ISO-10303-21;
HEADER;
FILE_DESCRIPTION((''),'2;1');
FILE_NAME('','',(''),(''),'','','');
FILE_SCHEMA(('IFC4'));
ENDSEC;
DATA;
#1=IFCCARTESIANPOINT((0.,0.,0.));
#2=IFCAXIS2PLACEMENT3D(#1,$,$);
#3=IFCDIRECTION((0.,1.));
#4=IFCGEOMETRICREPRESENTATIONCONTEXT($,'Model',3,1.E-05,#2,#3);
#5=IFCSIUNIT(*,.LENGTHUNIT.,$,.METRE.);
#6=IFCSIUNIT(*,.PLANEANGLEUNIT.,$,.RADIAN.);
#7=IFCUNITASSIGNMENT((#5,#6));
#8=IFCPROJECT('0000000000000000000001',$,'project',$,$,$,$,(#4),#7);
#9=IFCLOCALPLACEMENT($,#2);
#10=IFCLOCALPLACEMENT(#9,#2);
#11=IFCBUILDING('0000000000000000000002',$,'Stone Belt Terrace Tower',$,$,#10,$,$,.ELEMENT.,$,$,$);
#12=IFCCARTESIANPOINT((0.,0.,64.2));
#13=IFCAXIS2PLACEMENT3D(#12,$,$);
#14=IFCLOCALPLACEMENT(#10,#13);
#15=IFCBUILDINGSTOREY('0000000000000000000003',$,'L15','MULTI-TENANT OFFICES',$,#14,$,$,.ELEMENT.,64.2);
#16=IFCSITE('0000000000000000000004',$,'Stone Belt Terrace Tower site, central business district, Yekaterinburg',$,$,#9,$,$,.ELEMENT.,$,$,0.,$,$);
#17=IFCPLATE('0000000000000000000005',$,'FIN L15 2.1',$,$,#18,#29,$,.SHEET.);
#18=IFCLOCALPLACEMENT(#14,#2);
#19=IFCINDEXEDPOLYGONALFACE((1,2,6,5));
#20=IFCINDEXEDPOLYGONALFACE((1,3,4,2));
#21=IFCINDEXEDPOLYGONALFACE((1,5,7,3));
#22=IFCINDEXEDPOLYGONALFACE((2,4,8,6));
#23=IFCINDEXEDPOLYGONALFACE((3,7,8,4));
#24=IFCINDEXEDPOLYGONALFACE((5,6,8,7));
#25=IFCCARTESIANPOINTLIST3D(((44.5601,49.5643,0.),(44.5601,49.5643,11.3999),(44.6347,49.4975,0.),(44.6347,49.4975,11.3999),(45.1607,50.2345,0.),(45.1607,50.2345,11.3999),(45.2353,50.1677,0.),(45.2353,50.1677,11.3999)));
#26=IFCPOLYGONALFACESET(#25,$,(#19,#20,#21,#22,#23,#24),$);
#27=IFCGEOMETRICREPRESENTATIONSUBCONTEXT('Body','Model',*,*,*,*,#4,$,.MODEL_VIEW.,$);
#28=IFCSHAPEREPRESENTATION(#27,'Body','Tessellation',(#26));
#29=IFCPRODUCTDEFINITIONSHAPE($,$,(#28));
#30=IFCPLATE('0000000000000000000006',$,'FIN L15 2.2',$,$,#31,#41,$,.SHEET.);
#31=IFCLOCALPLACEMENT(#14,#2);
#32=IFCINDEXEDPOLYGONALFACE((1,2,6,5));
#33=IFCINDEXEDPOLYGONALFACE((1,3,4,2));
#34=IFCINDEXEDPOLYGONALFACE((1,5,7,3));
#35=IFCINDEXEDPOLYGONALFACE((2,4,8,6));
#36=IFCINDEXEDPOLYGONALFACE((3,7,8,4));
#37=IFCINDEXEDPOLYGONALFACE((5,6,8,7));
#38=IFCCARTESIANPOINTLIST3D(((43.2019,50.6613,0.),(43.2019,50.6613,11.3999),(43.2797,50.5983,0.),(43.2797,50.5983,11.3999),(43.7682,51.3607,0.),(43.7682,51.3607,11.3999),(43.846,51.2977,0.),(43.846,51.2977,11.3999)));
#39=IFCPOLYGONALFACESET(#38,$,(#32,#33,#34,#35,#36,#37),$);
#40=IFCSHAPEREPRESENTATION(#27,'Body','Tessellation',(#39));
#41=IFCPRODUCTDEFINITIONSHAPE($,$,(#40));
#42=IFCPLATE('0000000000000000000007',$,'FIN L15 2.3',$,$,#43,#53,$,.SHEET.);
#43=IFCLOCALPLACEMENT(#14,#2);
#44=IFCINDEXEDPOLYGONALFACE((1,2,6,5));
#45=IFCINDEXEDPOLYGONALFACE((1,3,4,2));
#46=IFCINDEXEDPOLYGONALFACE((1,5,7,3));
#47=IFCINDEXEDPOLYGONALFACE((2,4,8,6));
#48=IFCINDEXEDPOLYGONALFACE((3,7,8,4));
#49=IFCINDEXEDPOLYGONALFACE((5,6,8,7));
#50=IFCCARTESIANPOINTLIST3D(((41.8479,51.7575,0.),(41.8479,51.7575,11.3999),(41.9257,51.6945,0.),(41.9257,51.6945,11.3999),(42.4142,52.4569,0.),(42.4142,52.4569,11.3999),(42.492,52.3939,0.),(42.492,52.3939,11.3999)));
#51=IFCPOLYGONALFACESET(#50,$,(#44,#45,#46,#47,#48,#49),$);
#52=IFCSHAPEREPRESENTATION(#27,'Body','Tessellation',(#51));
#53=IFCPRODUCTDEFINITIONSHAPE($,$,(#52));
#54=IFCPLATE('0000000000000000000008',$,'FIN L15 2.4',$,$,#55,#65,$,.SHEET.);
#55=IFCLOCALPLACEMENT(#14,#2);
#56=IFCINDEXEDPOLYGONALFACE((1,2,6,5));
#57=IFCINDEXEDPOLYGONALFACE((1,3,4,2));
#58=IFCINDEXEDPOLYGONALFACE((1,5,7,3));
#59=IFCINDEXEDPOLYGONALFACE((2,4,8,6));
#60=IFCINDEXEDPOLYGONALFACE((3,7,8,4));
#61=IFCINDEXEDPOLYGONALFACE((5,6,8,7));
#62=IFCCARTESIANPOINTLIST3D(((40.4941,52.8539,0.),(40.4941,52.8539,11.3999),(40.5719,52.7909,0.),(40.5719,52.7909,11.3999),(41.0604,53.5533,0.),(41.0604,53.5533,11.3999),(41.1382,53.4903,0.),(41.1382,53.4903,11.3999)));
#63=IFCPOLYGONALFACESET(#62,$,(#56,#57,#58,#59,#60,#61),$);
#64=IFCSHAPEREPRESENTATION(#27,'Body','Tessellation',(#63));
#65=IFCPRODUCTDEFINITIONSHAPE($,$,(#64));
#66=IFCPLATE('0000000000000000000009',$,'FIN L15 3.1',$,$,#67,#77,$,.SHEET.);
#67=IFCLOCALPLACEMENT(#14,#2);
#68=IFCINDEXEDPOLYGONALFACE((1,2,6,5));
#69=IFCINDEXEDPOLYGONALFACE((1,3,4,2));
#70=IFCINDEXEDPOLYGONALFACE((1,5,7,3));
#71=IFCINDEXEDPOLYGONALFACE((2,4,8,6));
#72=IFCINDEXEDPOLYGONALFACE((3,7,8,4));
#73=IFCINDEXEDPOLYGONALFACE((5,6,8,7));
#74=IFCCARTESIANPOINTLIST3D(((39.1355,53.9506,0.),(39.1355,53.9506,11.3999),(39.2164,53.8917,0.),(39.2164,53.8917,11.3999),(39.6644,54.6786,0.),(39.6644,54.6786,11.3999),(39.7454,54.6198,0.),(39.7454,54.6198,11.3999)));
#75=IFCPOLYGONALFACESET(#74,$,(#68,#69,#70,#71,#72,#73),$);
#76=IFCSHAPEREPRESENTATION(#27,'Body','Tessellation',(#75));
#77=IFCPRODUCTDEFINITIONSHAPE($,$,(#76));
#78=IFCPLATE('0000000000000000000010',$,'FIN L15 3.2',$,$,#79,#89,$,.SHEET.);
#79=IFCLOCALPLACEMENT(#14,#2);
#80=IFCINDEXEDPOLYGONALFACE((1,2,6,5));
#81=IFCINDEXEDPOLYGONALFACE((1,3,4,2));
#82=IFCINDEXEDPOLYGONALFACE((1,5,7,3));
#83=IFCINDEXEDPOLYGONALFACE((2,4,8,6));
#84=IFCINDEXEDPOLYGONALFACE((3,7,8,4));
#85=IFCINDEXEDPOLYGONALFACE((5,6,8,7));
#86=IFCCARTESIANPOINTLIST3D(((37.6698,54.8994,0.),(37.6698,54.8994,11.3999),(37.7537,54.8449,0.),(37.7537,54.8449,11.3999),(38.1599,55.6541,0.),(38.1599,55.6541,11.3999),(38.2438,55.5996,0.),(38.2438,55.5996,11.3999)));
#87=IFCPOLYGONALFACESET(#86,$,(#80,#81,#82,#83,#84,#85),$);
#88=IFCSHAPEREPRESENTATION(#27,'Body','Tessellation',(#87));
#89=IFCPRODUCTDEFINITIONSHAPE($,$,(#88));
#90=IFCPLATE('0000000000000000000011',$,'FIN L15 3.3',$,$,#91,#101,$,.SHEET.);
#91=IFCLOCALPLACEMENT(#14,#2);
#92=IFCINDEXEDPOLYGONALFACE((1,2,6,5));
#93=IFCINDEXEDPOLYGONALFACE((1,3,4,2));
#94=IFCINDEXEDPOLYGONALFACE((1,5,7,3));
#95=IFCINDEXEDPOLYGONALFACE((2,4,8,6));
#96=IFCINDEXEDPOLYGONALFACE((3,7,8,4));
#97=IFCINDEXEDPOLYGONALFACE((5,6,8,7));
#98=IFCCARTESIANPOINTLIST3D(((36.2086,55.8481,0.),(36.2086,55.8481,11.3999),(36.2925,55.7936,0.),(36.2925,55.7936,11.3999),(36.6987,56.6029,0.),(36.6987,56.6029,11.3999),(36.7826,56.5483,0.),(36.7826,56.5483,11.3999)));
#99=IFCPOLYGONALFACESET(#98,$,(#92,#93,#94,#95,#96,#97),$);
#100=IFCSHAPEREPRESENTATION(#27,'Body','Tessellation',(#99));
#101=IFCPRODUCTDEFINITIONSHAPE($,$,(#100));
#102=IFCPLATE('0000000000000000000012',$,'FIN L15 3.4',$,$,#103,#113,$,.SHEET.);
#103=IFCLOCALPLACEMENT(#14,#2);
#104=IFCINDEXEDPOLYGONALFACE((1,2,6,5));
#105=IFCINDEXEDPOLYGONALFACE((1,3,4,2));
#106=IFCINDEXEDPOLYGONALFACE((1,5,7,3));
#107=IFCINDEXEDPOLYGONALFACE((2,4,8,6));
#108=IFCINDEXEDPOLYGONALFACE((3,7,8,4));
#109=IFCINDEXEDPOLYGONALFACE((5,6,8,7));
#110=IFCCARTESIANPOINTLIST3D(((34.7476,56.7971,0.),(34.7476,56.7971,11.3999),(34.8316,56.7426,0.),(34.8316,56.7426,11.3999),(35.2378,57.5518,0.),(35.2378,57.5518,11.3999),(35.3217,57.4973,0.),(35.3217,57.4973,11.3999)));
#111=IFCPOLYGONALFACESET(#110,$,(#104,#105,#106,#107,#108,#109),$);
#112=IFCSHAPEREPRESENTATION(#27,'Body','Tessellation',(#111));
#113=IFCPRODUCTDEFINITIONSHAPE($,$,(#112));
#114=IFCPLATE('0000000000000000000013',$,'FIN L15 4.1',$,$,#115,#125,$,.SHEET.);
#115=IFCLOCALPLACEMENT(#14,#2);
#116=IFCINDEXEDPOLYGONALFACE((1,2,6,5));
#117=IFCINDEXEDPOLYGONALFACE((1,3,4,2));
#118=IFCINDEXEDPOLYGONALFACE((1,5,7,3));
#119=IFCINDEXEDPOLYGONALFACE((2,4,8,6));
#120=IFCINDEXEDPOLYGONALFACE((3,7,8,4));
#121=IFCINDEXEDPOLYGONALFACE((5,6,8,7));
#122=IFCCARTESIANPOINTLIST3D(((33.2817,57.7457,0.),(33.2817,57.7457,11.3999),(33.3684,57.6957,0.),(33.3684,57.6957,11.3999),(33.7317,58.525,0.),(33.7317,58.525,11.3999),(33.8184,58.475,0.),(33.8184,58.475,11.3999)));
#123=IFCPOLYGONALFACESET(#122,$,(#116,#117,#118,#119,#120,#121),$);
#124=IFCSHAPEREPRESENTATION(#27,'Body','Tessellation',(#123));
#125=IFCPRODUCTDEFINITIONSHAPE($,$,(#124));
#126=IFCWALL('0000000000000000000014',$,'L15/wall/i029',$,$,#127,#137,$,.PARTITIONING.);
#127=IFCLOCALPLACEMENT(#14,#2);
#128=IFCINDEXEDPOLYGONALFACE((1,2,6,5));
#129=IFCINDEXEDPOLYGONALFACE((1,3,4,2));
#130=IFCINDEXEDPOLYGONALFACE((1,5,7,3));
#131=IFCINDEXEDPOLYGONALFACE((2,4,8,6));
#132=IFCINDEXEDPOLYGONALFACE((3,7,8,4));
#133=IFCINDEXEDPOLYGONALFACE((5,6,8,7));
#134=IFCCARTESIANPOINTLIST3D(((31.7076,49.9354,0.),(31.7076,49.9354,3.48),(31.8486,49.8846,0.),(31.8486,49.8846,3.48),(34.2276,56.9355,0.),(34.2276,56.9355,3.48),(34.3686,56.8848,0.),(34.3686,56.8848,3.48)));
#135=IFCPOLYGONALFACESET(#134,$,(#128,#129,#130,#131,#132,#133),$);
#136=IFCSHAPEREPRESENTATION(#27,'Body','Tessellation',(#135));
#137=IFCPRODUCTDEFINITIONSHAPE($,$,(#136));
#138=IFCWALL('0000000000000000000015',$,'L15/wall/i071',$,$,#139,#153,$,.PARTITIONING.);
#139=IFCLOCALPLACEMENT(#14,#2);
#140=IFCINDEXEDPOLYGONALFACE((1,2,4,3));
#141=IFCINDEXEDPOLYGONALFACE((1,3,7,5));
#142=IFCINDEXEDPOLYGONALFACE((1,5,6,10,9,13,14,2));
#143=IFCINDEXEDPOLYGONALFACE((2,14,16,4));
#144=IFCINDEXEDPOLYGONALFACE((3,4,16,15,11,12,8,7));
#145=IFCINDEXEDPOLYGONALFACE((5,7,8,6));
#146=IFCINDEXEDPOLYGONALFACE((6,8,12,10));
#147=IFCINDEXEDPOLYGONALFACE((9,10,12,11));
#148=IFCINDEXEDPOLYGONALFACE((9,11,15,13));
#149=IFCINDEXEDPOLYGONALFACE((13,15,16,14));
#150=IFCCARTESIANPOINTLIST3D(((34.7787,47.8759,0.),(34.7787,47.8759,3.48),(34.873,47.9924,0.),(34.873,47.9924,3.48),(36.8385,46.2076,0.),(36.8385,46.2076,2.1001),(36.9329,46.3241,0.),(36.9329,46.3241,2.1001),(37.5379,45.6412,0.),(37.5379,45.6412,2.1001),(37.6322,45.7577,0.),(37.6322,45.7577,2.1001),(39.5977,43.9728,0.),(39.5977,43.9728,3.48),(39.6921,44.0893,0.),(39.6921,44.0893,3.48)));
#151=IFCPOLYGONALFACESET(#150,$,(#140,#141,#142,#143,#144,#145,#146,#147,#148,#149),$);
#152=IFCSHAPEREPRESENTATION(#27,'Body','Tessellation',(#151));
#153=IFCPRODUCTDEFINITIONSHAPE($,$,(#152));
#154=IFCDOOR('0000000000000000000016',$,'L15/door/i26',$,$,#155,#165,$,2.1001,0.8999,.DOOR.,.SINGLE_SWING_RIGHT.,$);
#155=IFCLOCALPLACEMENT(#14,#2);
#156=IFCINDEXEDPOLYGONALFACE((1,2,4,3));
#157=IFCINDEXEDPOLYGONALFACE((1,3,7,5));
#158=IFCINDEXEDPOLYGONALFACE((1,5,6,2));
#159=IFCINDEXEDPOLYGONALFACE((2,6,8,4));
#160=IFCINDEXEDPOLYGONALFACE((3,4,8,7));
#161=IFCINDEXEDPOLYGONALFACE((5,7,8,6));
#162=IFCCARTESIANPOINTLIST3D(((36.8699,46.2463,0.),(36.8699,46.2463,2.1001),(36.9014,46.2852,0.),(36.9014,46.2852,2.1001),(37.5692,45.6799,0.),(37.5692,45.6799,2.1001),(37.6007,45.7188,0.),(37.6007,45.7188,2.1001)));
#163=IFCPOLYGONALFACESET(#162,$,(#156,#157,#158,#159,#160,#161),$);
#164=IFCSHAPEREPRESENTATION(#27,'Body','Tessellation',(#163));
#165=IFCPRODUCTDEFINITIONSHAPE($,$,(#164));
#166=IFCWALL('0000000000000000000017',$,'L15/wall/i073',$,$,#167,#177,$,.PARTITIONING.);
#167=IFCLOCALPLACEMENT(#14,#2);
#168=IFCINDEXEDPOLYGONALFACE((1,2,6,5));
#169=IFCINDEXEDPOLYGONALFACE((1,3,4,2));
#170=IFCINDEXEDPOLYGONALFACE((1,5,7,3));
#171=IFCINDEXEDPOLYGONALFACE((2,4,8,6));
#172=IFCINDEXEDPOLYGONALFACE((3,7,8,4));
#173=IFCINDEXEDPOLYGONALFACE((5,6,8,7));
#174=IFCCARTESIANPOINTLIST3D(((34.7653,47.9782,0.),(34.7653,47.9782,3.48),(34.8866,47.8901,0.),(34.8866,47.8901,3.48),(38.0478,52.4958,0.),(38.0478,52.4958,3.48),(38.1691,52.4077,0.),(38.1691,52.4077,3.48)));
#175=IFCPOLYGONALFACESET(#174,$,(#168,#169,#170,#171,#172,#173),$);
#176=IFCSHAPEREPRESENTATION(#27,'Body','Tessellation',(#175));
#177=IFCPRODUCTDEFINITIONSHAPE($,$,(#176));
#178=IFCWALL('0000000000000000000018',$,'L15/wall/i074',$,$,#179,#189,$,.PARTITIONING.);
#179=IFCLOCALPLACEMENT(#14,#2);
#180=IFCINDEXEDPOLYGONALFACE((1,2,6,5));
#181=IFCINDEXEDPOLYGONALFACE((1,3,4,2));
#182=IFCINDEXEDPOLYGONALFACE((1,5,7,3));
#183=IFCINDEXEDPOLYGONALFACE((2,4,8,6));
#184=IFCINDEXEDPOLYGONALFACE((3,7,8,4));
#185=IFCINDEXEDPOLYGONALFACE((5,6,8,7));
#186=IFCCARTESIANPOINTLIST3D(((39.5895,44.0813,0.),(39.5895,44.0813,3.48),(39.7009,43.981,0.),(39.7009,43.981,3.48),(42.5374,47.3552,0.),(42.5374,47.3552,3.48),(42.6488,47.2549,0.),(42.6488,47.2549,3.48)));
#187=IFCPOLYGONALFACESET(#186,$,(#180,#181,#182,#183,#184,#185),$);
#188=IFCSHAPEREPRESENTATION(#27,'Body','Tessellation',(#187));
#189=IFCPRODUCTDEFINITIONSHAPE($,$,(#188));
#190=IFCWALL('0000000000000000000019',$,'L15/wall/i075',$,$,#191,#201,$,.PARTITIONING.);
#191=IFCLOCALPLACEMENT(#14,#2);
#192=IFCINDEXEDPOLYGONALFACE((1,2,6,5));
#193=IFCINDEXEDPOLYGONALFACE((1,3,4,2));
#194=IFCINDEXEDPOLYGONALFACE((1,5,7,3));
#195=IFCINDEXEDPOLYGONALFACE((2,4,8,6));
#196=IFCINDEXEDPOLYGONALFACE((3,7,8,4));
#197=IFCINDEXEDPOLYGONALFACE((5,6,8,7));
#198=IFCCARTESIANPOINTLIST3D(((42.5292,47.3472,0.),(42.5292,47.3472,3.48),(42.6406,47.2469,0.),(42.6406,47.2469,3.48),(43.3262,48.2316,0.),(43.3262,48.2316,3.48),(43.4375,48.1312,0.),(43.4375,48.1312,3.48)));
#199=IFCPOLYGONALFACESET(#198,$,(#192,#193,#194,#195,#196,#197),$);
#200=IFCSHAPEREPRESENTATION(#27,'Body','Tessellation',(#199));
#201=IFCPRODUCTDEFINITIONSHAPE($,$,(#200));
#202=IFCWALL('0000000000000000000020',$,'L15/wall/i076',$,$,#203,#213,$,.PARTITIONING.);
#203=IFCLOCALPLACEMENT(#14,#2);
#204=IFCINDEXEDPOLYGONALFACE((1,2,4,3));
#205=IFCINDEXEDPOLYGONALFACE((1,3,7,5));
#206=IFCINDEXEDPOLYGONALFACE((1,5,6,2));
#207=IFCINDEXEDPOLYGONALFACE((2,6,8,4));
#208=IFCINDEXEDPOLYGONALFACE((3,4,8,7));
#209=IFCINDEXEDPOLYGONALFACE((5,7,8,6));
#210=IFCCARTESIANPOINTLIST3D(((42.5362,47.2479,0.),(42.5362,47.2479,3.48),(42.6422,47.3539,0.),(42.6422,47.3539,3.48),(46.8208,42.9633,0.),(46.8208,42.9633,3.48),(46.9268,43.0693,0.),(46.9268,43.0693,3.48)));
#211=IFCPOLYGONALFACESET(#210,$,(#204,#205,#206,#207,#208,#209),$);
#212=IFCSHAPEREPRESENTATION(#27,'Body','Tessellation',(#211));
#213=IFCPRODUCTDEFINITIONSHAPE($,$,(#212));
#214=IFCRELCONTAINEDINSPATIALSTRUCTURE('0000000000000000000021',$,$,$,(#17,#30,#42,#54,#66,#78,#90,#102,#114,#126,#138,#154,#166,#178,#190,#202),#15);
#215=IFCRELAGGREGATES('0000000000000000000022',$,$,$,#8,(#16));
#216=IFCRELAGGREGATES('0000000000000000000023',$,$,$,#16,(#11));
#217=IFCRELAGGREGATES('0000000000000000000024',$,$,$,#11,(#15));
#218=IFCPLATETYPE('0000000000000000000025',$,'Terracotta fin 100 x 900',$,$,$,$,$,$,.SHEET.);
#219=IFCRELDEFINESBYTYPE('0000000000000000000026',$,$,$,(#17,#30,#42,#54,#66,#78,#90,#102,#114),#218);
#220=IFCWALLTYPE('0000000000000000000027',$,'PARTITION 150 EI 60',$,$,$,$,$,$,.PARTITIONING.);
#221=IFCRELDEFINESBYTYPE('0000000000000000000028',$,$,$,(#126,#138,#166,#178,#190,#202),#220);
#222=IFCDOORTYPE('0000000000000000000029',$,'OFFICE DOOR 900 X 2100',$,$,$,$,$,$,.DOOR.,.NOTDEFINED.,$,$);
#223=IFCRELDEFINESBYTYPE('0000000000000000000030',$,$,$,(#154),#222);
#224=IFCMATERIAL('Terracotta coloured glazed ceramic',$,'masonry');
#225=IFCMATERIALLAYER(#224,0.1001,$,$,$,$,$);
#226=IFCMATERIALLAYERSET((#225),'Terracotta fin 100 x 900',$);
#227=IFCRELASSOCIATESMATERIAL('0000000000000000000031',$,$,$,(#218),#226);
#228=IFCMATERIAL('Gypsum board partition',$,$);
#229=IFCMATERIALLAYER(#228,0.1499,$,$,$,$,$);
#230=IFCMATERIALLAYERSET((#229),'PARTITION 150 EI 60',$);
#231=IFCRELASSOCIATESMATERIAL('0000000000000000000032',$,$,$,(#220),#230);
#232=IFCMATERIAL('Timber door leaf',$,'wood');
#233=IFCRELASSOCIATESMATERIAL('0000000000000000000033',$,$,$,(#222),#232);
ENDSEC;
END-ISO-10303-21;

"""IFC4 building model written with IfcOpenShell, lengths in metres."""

from ifc_helpers import new_model, si_unit, direction, frame, frame_2d, origin, origin_2d, place, context, subcontext, project, spatial, rectangle, extrude, material, layer, layer_set, type_object, element, fill, save


model = new_model("IFC4")

# Units and contexts
model_context = context("Model", 3, precision=1e-05, world=origin(), true_north=direction((0.0, 1.0)))
body_context = subcontext(model_context, "Body", "Model", "MODEL_VIEW")
ifc_project = project(units=[si_unit("LENGTHUNIT", "METRE"), si_unit("PLANEANGLEUNIT", "RADIAN")], contexts=[model_context])

# Site, building, storey
site_placement = place(None, origin())
site = spatial("IfcSite", under=ifc_project, at=site_placement, Name="Stone Belt Terrace Tower site, central business district, Yekaterinburg", CompositionType="ELEMENT", RefElevation=0.0)
building_placement = place(site_placement, origin())
building = spatial("IfcBuilding", under=site, at=building_placement, Name="Stone Belt Terrace Tower", CompositionType="ELEMENT")
storey_placement = place(building_placement, frame((0.0, 0.0, 64.2)))
storey = spatial("IfcBuildingStorey", under=building, at=storey_placement, Name="L15", Description="MULTI-TENANT OFFICES", CompositionType="ELEMENT", Elevation=64.2)

# Plates
ifc_material_1 = material(Name="Terracotta coloured glazed ceramic", Category="masonry")
ifc_layer_1 = layer(ifc_material_1, 0.1001)
ifc_layer_set_1 = layer_set([ifc_layer_1], Name="Terracotta fin 100 x 900")
plate_type_1 = type_object("IfcPlateType", Name="Terracotta fin 100 x 900", PredefinedType="SHEET", material=ifc_layer_set_1)
for number, where, z_axis, x_axis, name in (
    (1, (44.8977, 49.866, 0.0), (0.0, 0.0, 1.0), (0.667371, 0.744725, 0.0), "FIN L15 2.1"),
    (2, (43.5239, 50.9795, 0.0), (0.0, 0.0, 1.0), (0.62932, 0.777146, 0.0), "FIN L15 2.2"),
    (3, (42.1699, 52.0757, 0.0), (0.0, 0.0, 1.0), (0.62932, 0.777146, 0.0), "FIN L15 2.3"),
    (4, (40.8162, 53.1721, 0.0), (0.0, 0.0, 1.0), (0.62932, 0.777146, 0.0), "FIN L15 2.4"),
    (5, (39.4404, 54.2852, 0.0), (0.0, 0.0, 1.0), (0.587785, 0.809017, 0.0), "FIN L15 3.1"),
    (6, (37.9568, 55.2495, 0.0), (0.0, 0.0, 1.0), (0.544639, 0.838671, 0.0), "FIN L15 3.2"),
    (7, (36.4956, 56.1982, 0.0), (0.0, 0.0, 1.0), (0.544639, 0.838671, 0.0), "FIN L15 3.3"),
    (8, (35.0347, 57.1472, 0.0), (0.0, 0.0, 1.0), (0.544639, 0.838671, 0.0), "FIN L15 3.4"),
    (9, (33.55, 58.1104, 0.0), (0.0, 0.0, 1.0), (0.5, 0.866025, 0.0), "FIN L15 4.1"),
):
    element("IfcPlate", number, at=place(storey_placement, frame(where, z_axis=z_axis, x_axis=x_axis)), inside=storey, type_object=plate_type_1, Name=name, PredefinedType="SHEET", context=body_context, shape_type="SweptSolid", body=[
        extrude(rectangle(XDim=0.8999, YDim=0.1001, at=origin_2d()), origin(), (0.0, 0.0, 1.0), 11.3999),
    ])

# Wall
ifc_material_2 = material(Name="Gypsum board partition")
ifc_layer_2 = layer(ifc_material_2, 0.1499)
ifc_layer_set_2 = layer_set([ifc_layer_2], Name="PARTITION 150 EI 60")
wall_type = type_object("IfcWallType", Name="PARTITION 150 EI 60", PredefinedType="PARTITIONING", material=ifc_layer_set_2)
wall_1_placement = place(storey_placement, frame((34.2981, 56.9102, 0.0), z_axis=(0.0, 0.0, 1.0), x_axis=(-0.338711, -0.94089, 0.0)))
element("IfcWall", 10, at=wall_1_placement, inside=storey, type_object=wall_type, Name="L15/wall/i029", PredefinedType="PARTITIONING", context=body_context, shape_type="SweptSolid", body=[
    extrude(rectangle(XDim=7.4399, YDim=0.1499, at=frame_2d((3.72, 0.0))), origin(), (0.0, 0.0, 1.0), 3.48),
])

# Wall, opening, door
wall_2_placement = place(storey_placement, frame((34.8259, 47.9341, 0.0), z_axis=(0.0, 0.0, 1.0), x_axis=(0.777094, -0.629384, 0.0)))
wall_2 = element("IfcWall", 11, at=wall_2_placement, inside=storey, type_object=wall_type, Name="L15/wall/i071", PredefinedType="PARTITIONING", context=body_context, shape_type="SweptSolid", body=[
    extrude(rectangle(XDim=6.2014, YDim=0.1499, at=frame_2d((3.1006, 0.0))), origin(), (0.0, 0.0, 1.0), 3.48),
])
opening_placement = place(wall_2_placement, frame((2.6506, 0.0, 0.0)))
opening = element("IfcOpeningElement", 12, at=opening_placement, cuts=wall_2, PredefinedType="OPENING", context=body_context, shape_type="SweptSolid", body=[
    extrude(rectangle(XDim=0.8999, YDim=2.1001, at=frame_2d((0.45, 1.05))), frame((0.0, 0.085, 0.0), z_axis=(0.0, -1.0, 0.0), x_axis=(1.0, 0.0, 0.0)), (0.0, 0.0, 1.0), 0.1699),
])
ifc_material_3 = material(Name="Timber door leaf", Category="wood")
door_type = type_object("IfcDoorType", Name="OFFICE DOOR 900 X 2100", OperationType="NOTDEFINED", PredefinedType="DOOR", material=ifc_material_3)
door_placement = place(opening_placement, origin())
door = element("IfcDoor", 13, at=door_placement, inside=storey, type_object=door_type, Name="L15/door/i26", OperationType="SINGLE_SWING_RIGHT", OverallHeight=2.1001, OverallWidth=0.8999, PredefinedType="DOOR", context=body_context, shape_type="SweptSolid", body=[
    extrude(rectangle(XDim=0.8999, YDim=2.1001, at=frame_2d((0.45, 1.05))), frame((0.0, 0.0249, 0.0), z_axis=(0.0, -1.0, 0.0), x_axis=(1.0, 0.0, 0.0)), (0.0, 0.0, 1.0), 0.05),
])
fill(opening, door)

# Walls
wall_3_placement = place(storey_placement, frame((38.1084, 52.4517, 0.0), z_axis=(0.0, 0.0, 1.0), x_axis=(-0.587815, -0.808995, 0.0)))
element("IfcWall", 14, at=wall_3_placement, inside=storey, type_object=wall_type, Name="L15/wall/i073", PredefinedType="PARTITIONING", context=body_context, shape_type="SweptSolid", body=[
    extrude(rectangle(XDim=5.5842, YDim=0.1499, at=frame_2d((2.792, 0.0))), origin(), (0.0, 0.0, 1.0), 3.48),
])
wall_4_placement = place(storey_placement, frame((42.593, 47.3049, 0.0), z_axis=(0.0, 0.0, 1.0), x_axis=(-0.669148, -0.743129, 0.0)))
element("IfcWall", 15, at=wall_4_placement, inside=storey, type_object=wall_type, Name="L15/wall/i074", PredefinedType="PARTITIONING", context=body_context, shape_type="SweptSolid", body=[
    extrude(rectangle(XDim=4.4055, YDim=0.1499, at=frame_2d((2.2026, 0.0))), origin(), (0.0, 0.0, 1.0), 3.48),
])
wall_5_placement = place(storey_placement, frame((43.3818, 48.1814, 0.0), z_axis=(0.0, 0.0, 1.0), x_axis=(-0.669441, -0.742866, 0.0)))
element("IfcWall", 16, at=wall_5_placement, inside=storey, type_object=wall_type, Name="L15/wall/i075", PredefinedType="PARTITIONING", context=body_context, shape_type="SweptSolid", body=[
    extrude(rectangle(XDim=1.1904, YDim=0.1499, at=frame_2d((0.5952, 0.0))), origin(), (0.0, 0.0, 1.0), 3.48),
])
wall_6_placement = place(storey_placement, frame((42.5891, 47.301, 0.0), z_axis=(0.0, 0.0, 1.0), x_axis=(0.707107, -0.707107, 0.0)))
element("IfcWall", 17, at=wall_6_placement, inside=storey, type_object=wall_type, Name="L15/wall/i076", PredefinedType="PARTITIONING", context=body_context, shape_type="SweptSolid", body=[
    extrude(rectangle(XDim=6.0593, YDim=0.1499, at=frame_2d((3.0298, 0.0))), origin(), (0.0, 0.0, 1.0), 3.48),
])

save(model, "model.ifc")
